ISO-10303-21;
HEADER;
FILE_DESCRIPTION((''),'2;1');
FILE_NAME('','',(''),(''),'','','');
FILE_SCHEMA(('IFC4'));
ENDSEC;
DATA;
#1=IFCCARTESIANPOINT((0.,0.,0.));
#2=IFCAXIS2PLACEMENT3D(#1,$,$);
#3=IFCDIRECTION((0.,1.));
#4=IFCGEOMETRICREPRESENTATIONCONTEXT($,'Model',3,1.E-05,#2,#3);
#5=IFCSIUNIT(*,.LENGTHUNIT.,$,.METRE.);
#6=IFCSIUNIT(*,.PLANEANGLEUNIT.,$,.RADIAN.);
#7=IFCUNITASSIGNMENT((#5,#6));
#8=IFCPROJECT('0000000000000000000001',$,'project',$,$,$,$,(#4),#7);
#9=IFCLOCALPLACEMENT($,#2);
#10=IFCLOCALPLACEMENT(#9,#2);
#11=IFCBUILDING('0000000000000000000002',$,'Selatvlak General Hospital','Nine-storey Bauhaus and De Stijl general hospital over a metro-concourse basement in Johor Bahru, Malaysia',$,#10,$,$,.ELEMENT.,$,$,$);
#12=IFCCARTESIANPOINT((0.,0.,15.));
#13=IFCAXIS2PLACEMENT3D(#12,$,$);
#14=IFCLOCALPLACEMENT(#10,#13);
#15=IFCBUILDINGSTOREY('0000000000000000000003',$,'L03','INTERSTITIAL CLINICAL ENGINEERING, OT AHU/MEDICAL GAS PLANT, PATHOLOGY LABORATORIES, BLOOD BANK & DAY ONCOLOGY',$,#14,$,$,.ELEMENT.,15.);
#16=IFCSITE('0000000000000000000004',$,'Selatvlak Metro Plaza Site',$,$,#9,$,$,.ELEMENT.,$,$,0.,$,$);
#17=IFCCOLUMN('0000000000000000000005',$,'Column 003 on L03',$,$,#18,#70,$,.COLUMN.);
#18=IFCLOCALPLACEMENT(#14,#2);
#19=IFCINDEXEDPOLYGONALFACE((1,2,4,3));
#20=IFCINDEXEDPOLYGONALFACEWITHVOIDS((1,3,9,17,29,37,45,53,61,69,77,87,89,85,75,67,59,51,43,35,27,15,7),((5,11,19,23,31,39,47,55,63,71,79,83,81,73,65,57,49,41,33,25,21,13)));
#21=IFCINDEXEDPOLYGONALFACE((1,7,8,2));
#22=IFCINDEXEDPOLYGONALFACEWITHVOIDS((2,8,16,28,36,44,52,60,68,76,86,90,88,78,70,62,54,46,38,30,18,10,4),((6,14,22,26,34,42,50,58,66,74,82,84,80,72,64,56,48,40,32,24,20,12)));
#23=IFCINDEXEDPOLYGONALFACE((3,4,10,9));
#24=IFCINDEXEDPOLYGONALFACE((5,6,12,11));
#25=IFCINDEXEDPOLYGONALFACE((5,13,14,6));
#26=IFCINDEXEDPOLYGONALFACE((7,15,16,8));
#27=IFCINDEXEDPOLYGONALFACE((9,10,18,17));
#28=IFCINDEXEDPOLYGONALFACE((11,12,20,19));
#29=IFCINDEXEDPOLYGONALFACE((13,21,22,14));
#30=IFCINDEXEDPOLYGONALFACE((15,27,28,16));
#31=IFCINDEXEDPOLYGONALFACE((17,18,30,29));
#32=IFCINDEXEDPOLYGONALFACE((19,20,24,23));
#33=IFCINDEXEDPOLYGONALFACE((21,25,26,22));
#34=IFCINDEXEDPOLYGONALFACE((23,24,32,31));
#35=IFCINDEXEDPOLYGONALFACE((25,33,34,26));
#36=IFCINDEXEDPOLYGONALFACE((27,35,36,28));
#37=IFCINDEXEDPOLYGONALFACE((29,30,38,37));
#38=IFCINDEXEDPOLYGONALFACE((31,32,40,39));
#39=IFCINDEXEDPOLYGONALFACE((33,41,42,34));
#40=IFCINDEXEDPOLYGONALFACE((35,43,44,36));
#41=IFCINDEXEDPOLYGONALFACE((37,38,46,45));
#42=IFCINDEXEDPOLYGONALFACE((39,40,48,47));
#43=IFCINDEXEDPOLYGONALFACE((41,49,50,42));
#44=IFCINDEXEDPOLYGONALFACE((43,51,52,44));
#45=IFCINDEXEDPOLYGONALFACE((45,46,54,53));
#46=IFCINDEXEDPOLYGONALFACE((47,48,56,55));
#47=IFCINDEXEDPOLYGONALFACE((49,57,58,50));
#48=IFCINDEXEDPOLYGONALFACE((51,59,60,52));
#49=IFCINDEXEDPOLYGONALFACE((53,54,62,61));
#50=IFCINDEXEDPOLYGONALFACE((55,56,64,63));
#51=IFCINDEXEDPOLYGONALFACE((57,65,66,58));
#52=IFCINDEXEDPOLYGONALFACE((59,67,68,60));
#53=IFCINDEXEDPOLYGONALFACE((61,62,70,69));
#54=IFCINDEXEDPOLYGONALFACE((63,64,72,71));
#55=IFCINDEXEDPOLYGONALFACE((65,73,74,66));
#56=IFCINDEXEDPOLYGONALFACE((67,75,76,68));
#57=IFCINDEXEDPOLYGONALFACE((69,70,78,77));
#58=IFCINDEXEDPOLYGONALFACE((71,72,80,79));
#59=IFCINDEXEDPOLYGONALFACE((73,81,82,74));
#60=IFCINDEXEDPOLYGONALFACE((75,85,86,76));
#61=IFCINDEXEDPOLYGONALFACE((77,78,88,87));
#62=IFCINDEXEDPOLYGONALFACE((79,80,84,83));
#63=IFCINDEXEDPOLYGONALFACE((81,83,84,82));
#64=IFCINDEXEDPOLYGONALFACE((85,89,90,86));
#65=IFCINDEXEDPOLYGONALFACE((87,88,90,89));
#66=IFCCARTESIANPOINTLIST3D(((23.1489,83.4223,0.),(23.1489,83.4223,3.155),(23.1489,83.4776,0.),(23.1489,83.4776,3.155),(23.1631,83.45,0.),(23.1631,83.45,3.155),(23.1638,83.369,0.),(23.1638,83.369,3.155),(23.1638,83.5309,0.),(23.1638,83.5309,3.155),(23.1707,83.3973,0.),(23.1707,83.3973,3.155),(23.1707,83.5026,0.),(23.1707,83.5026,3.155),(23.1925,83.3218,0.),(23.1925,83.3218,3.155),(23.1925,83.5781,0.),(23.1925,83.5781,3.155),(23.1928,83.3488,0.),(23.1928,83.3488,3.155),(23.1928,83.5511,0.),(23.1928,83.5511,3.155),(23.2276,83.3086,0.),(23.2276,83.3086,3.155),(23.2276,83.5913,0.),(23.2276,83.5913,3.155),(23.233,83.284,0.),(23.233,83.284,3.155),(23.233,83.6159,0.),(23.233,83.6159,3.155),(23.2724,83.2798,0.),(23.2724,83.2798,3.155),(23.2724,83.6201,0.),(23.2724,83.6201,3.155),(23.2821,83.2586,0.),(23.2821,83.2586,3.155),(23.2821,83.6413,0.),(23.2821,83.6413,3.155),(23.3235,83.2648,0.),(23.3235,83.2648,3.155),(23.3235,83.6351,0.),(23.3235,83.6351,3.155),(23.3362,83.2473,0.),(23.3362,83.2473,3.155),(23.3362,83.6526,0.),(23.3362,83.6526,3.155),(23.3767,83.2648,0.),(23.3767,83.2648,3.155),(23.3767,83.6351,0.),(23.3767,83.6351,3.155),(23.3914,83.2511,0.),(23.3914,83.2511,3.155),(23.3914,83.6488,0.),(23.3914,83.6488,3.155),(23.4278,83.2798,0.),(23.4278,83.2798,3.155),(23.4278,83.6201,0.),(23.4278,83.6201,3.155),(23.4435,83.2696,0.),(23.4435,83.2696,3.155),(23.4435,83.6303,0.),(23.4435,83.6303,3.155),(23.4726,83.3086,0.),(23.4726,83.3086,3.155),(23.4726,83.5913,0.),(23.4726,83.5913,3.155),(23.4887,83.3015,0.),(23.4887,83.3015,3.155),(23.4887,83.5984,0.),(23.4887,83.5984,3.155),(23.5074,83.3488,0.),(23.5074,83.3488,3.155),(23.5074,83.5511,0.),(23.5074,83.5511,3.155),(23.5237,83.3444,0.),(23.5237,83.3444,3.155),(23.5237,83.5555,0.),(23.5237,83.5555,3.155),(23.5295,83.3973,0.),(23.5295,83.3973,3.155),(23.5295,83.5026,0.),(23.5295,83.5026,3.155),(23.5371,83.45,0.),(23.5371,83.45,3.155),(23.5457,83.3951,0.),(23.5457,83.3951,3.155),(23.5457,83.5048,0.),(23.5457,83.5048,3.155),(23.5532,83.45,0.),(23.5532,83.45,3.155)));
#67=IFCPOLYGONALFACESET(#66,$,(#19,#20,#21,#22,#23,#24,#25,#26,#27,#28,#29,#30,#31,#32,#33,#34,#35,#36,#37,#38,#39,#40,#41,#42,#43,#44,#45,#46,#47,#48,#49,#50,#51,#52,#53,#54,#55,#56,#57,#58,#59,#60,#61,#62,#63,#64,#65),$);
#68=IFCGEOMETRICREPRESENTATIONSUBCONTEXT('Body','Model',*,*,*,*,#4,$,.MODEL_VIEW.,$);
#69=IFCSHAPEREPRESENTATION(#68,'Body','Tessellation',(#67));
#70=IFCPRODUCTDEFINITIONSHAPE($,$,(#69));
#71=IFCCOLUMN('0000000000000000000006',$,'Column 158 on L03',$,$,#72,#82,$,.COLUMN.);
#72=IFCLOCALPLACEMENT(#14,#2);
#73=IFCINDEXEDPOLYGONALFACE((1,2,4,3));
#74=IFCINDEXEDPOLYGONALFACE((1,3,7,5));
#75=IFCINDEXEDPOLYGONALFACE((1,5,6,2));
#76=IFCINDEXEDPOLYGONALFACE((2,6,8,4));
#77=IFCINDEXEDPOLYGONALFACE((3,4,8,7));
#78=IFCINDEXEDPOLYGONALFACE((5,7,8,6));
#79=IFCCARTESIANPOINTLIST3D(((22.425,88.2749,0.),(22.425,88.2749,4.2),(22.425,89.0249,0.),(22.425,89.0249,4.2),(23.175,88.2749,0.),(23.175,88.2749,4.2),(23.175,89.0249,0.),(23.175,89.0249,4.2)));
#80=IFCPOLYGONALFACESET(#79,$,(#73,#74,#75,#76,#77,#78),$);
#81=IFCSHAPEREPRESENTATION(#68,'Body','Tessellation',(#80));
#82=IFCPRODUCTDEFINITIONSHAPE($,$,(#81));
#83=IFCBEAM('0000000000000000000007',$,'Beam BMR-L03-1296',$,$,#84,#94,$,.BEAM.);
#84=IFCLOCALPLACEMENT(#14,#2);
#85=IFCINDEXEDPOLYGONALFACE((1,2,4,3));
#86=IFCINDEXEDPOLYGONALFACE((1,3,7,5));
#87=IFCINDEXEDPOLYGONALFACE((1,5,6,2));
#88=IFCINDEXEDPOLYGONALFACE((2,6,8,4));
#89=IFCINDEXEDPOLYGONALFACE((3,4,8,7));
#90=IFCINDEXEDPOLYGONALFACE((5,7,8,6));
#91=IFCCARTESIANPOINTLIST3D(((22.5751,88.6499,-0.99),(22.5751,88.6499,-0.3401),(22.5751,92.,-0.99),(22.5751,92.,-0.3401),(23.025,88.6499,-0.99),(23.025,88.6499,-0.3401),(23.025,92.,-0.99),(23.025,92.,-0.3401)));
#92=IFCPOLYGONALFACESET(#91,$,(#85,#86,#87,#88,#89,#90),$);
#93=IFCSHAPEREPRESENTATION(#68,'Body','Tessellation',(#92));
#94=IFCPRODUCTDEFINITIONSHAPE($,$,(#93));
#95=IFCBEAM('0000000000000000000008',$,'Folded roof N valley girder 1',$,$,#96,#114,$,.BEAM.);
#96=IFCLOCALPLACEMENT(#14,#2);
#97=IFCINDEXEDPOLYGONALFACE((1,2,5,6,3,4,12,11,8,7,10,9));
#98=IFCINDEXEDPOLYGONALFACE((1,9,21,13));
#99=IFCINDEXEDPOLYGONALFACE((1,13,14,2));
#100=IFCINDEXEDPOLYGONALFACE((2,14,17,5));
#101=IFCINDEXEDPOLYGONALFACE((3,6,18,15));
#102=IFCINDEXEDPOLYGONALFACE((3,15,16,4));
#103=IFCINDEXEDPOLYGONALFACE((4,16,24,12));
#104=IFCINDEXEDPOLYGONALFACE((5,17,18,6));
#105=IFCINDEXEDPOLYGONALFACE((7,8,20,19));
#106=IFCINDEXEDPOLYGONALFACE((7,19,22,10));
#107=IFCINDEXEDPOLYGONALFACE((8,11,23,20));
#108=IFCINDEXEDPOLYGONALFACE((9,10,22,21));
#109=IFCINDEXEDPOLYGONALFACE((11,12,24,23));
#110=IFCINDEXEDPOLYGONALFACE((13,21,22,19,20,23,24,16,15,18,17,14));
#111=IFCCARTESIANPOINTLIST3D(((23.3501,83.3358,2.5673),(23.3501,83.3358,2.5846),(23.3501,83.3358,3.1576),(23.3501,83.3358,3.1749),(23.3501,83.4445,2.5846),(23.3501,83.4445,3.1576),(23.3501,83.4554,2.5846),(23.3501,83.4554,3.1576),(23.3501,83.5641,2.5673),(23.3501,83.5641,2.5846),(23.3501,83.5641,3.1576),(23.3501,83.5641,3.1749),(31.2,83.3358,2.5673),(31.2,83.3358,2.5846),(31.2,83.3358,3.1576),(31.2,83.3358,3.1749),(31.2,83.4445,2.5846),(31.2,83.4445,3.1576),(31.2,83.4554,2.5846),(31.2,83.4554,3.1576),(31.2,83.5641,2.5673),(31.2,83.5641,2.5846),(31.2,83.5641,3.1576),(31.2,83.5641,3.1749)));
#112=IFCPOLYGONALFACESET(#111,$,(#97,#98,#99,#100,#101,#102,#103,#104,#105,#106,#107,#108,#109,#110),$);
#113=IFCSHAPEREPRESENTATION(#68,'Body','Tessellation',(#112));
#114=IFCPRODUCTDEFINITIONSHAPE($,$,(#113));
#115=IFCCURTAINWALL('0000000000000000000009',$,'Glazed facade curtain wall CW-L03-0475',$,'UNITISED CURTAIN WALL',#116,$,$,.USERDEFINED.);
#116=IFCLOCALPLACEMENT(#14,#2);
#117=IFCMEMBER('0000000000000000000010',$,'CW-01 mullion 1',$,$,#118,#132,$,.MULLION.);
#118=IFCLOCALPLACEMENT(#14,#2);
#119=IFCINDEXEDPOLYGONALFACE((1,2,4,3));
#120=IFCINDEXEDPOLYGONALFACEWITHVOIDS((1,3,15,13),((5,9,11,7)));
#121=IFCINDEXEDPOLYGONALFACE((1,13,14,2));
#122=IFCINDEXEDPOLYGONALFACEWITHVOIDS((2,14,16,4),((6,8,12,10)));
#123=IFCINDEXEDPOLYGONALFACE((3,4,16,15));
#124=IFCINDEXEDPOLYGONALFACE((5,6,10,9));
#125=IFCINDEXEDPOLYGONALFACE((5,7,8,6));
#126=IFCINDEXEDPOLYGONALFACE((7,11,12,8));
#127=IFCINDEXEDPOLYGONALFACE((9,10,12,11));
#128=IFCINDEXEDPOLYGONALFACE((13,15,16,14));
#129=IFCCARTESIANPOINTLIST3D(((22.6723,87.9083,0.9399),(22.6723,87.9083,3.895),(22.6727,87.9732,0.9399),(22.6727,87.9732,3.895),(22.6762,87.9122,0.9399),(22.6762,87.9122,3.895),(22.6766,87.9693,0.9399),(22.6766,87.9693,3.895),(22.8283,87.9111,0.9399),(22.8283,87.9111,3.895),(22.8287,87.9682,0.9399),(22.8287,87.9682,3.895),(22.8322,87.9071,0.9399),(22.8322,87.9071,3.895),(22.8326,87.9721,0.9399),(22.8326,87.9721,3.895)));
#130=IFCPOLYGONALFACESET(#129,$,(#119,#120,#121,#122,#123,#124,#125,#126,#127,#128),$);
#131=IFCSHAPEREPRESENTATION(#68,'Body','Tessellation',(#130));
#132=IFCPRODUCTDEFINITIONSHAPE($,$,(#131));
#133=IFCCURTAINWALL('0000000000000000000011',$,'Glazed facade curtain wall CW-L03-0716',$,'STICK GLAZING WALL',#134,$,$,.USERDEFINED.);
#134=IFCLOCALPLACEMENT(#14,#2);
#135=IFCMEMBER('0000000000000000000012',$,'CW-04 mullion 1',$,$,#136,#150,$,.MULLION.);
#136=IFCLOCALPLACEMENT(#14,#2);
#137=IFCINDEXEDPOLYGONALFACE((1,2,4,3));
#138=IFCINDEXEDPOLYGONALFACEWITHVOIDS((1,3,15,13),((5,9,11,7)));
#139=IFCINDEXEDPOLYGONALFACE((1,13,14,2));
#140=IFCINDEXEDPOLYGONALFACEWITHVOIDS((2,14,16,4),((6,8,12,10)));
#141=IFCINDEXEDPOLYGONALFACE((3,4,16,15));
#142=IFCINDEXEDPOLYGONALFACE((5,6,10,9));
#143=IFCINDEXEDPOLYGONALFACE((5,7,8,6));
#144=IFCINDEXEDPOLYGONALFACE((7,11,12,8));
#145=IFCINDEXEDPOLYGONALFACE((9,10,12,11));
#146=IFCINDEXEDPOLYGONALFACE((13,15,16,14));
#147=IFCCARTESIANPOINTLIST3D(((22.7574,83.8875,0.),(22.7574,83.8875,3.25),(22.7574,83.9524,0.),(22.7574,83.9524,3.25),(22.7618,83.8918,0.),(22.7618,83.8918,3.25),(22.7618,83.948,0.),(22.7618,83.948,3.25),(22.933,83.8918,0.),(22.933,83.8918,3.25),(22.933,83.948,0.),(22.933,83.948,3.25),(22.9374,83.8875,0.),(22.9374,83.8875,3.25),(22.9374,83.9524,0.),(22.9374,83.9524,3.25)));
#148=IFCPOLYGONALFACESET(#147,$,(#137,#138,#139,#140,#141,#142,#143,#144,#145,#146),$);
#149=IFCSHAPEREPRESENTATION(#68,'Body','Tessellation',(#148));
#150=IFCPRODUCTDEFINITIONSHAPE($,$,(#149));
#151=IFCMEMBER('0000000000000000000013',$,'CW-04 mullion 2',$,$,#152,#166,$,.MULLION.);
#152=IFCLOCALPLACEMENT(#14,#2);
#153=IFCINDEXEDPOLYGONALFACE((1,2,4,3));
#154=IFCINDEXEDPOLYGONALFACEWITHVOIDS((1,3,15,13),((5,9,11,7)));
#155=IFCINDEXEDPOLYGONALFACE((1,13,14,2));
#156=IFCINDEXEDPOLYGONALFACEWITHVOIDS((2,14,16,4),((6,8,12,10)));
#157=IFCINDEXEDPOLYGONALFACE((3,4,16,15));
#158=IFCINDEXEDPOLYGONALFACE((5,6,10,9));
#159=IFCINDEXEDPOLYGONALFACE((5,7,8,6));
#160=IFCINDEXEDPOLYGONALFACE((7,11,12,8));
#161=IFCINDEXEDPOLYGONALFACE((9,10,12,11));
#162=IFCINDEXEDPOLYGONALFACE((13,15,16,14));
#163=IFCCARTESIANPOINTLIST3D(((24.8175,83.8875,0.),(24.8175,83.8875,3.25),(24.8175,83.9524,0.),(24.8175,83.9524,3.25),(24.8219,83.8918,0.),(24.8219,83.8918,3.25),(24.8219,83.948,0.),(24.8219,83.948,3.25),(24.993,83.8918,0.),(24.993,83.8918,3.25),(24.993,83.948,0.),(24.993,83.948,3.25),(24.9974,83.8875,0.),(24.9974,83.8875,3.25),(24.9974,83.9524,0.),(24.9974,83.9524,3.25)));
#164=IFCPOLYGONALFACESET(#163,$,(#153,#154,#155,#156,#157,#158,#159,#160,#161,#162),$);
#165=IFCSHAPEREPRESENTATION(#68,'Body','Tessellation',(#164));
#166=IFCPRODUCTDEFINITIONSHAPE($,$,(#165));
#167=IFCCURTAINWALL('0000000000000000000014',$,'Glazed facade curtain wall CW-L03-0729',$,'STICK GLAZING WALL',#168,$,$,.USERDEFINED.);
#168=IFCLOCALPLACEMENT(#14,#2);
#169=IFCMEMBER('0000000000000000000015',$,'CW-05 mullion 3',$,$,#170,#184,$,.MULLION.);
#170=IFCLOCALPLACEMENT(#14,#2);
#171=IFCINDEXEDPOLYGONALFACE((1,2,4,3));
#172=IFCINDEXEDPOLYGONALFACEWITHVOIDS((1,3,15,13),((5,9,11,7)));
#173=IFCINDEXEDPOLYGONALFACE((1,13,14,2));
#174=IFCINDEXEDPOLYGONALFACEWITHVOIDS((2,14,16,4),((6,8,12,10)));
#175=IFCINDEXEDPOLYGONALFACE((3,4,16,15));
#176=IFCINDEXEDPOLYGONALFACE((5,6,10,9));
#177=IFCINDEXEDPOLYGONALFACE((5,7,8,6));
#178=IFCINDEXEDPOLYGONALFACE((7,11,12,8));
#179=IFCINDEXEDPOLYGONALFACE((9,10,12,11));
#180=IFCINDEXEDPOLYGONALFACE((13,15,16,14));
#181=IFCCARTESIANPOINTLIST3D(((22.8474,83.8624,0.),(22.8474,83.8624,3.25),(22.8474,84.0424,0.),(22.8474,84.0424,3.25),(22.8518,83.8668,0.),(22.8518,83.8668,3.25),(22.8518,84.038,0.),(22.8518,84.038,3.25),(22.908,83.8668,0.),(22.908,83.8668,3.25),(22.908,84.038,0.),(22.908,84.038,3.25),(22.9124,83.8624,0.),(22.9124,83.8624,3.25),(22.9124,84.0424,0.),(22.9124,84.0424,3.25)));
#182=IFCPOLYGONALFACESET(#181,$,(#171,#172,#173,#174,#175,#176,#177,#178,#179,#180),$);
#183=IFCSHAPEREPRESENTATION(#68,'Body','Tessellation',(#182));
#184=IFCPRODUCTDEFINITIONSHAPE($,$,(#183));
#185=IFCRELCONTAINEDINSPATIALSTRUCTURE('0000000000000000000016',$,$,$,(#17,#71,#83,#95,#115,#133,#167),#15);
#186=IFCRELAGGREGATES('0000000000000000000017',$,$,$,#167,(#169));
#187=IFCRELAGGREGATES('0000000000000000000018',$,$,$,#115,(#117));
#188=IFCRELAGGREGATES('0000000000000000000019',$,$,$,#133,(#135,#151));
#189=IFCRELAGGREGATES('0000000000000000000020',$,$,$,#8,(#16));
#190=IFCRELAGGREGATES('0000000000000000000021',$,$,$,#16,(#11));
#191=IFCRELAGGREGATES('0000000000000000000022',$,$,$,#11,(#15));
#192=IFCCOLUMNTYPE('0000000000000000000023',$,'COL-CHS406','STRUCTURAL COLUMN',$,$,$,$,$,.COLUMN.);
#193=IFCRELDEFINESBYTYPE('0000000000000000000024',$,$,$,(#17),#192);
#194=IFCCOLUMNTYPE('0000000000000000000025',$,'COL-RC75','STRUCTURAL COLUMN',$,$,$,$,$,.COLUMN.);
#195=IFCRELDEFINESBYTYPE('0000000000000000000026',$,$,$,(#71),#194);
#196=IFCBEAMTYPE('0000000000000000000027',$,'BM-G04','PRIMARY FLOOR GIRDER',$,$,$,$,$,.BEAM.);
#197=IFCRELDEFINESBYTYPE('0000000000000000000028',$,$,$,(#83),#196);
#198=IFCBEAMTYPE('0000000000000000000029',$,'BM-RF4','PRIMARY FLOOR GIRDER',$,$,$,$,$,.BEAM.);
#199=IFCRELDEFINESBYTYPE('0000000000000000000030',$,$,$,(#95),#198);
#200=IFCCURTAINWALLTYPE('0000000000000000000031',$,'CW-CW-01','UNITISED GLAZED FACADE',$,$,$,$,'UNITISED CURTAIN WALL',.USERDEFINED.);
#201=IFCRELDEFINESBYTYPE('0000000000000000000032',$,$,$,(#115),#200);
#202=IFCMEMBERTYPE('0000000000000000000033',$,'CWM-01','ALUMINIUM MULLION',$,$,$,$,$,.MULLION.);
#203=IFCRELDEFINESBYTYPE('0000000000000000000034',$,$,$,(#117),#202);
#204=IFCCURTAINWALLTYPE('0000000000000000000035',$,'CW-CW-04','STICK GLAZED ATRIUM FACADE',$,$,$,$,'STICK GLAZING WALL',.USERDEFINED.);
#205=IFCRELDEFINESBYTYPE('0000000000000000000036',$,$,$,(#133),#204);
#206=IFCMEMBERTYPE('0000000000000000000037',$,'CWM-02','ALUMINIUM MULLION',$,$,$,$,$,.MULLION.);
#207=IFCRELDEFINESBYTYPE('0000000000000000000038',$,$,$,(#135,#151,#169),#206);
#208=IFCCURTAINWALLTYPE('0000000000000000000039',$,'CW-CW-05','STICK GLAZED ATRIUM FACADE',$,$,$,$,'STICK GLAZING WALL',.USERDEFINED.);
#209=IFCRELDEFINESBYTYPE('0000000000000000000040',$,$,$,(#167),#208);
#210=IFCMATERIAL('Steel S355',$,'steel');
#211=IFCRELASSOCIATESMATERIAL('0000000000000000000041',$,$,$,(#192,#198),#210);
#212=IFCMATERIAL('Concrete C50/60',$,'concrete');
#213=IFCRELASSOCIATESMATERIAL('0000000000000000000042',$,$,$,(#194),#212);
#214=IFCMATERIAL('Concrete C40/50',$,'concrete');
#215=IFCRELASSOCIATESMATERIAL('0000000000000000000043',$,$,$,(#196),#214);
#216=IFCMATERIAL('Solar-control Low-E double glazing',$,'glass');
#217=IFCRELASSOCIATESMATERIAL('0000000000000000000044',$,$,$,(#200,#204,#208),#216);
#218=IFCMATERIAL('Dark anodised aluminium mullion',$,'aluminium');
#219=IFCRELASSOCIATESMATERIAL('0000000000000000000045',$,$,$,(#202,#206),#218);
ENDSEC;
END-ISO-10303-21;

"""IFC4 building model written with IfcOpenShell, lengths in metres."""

from ifc_helpers import new_model, si_unit, direction, frame, origin, origin_2d, place, context, subcontext, project, spatial, rectangle, hollow_rectangle, hollow_circle, i_section, extrude, material, material_profile, profile_set, type_object, element, aggregate, save


model = new_model("IFC4")

# Units and contexts
model_context = context("Model", 3, precision=1e-05, world=origin(), true_north=direction((0.0, 1.0)))
body_context = subcontext(model_context, "Body", "Model", "MODEL_VIEW")
ifc_project = project(units=[si_unit("LENGTHUNIT", "METRE"), si_unit("PLANEANGLEUNIT", "RADIAN")], contexts=[model_context])

# Site, building, storey
site_placement = place(None, origin())
site = spatial("IfcSite", under=ifc_project, at=site_placement, Name="Selatvlak Metro Plaza Site", CompositionType="ELEMENT", RefElevation=0.0)
building_placement = place(site_placement, origin())
building = spatial("IfcBuilding", under=site, at=building_placement, Name="Selatvlak General Hospital", Description="Nine-storey Bauhaus and De Stijl general hospital over a metro-concourse basement in Johor Bahru, Malaysia", CompositionType="ELEMENT")
storey_placement = place(building_placement, frame((0.0, 0.0, 15.0)))
storey = spatial("IfcBuildingStorey", under=building, at=storey_placement, Name="L03", Description="INTERSTITIAL CLINICAL ENGINEERING, OT AHU/MEDICAL GAS PLANT, PATHOLOGY LABORATORIES, BLOOD BANK & DAY ONCOLOGY", CompositionType="ELEMENT", Elevation=15.0)

# Columns
ifc_material_1 = material(Name="Steel S355", Category="steel")
ifc_material_profile_1 = material_profile(ifc_material_1, hollow_circle(Radius=0.2031, WallThickness=0.0161, at=origin_2d()), Name="CHS 406.4x16")
ifc_profile_set_1 = profile_set([ifc_material_profile_1], Name="Steel S355")
column_type_1 = type_object("IfcColumnType", Name="COL-CHS406", Description="STRUCTURAL COLUMN", PredefinedType="COLUMN", material=ifc_profile_set_1)
column_1_placement = place(storey_placement, frame((23.3501, 83.45, 0.0), z_axis=(0.0, 0.0, 1.0), x_axis=(1.0, 0.0, 0.0)))
element("IfcColumn", 1, at=column_1_placement, inside=storey, type_object=column_type_1, Name="Column 003 on L03", PredefinedType="COLUMN", context=body_context, shape_type="SweptSolid", body=[
    extrude(hollow_circle(Radius=0.2031, WallThickness=0.0161, at=origin_2d()), origin(), (0.0, 0.0, 1.0), 3.155),
])
ifc_material_2 = material(Name="Concrete C50/60", Category="concrete")
ifc_material_profile_2 = material_profile(ifc_material_2, rectangle(XDim=0.75, YDim=0.75, at=origin_2d()), Name="RC-COL 750x750")
ifc_profile_set_2 = profile_set([ifc_material_profile_2], Name="Concrete C50/60")
column_type_2 = type_object("IfcColumnType", Name="COL-RC75", Description="STRUCTURAL COLUMN", PredefinedType="COLUMN", material=ifc_profile_set_2)
column_2_placement = place(storey_placement, frame((22.8, 88.6499, 0.0), z_axis=(0.0, 0.0, 1.0), x_axis=(1.0, 0.0, 0.0)))
element("IfcColumn", 2, at=column_2_placement, inside=storey, type_object=column_type_2, Name="Column 158 on L03", PredefinedType="COLUMN", context=body_context, shape_type="SweptSolid", body=[
    extrude(rectangle(XDim=0.75, YDim=0.75, at=origin_2d()), origin(), (0.0, 0.0, 1.0), 4.2),
])

# Beams
ifc_material_3 = material(Name="Concrete C40/50", Category="concrete")
ifc_material_profile_3 = material_profile(ifc_material_3, rectangle(XDim=0.45, YDim=0.6499, at=origin_2d()), Name="RC-BM 450x650")
ifc_profile_set_3 = profile_set([ifc_material_profile_3], Name="Concrete C40/50")
beam_type_1 = type_object("IfcBeamType", Name="BM-G04", Description="PRIMARY FLOOR GIRDER", PredefinedType="BEAM", material=ifc_profile_set_3)
beam_1_placement = place(storey_placement, frame((22.8, 88.6499, -0.665), z_axis=(0.0, 1.0, 0.0), x_axis=(-1.0, 0.0, 0.0)))
element("IfcBeam", 3, at=beam_1_placement, inside=storey, type_object=beam_type_1, Name="Beam BMR-L03-1296", PredefinedType="BEAM", context=body_context, shape_type="SweptSolid", body=[
    extrude(rectangle(XDim=0.45, YDim=0.6499, at=origin_2d()), origin(), (0.0, 0.0, 1.0), 3.3501),
])
ifc_material_profile_4 = material_profile(ifc_material_1, i_section(OverallWidth=0.2283, OverallDepth=0.6077, WebThickness=0.011, FlangeThickness=0.0173, at=origin_2d()), Name="UB 610x229x113")
ifc_profile_set_4 = profile_set([ifc_material_profile_4], Name="Steel S355")
beam_type_2 = type_object("IfcBeamType", Name="BM-RF4", Description="PRIMARY FLOOR GIRDER", PredefinedType="BEAM", material=ifc_profile_set_4)
beam_2_placement = place(storey_placement, frame((23.3501, 83.45, 2.8711), z_axis=(1.0, 0.0, 0.0), x_axis=(0.0, 1.0, 0.0)))
element("IfcBeam", 4, at=beam_2_placement, inside=storey, type_object=beam_type_2, Name="Folded roof N valley girder 1", PredefinedType="BEAM", context=body_context, shape_type="SweptSolid", body=[
    extrude(i_section(OverallWidth=0.2283, OverallDepth=0.6077, WebThickness=0.011, FlangeThickness=0.0173, at=origin_2d()), origin(), (0.0, 0.0, 1.0), 7.8499),
])

# Curtain wall, member
ifc_material_4 = material(Name="Solar-control Low-E double glazing", Category="glass")
curtain_wall_type_1 = type_object("IfcCurtainWallType", Name="CW-CW-01", Description="UNITISED GLAZED FACADE", ElementType="UNITISED CURTAIN WALL", PredefinedType="USERDEFINED", material=ifc_material_4)
curtain_wall_1_placement = place(storey_placement, origin())
curtain_wall_1 = element("IfcCurtainWall", 5, at=curtain_wall_1_placement, inside=storey, type_object=curtain_wall_type_1, Name="Glazed facade curtain wall CW-L03-0475", ObjectType="UNITISED CURTAIN WALL", PredefinedType="USERDEFINED")
ifc_material_5 = material(Name="Dark anodised aluminium mullion", Category="aluminium")
ifc_material_profile_5 = material_profile(ifc_material_5, hollow_rectangle(XDim=0.0649, YDim=0.1599, WallThickness=0.0039, at=origin_2d()), Name="AL-MUL 65x160x4")
ifc_profile_set_5 = profile_set([ifc_material_profile_5], Name="Dark anodised aluminium mullion")
member_type_1 = type_object("IfcMemberType", Name="CWM-01", Description="ALUMINIUM MULLION", PredefinedType="MULLION", material=ifc_profile_set_5)
member_1_placement = place(storey_placement, frame((22.7524, 87.9402, 0.9399), z_axis=(0.0, 0.0, 1.0), x_axis=(-0.007211, -0.999974, 0.0)))
member_1 = element("IfcMember", 6, at=member_1_placement, type_object=member_type_1, Name="CW-01 mullion 1", PredefinedType="MULLION", context=body_context, shape_type="SweptSolid", body=[
    extrude(hollow_rectangle(XDim=0.0649, YDim=0.1599, WallThickness=0.0039, at=origin_2d()), origin(), (0.0, 0.0, 1.0), 2.9551),
])

# Curtain wall, members
curtain_wall_type_2 = type_object("IfcCurtainWallType", Name="CW-CW-04", Description="STICK GLAZED ATRIUM FACADE", ElementType="STICK GLAZING WALL", PredefinedType="USERDEFINED", material=ifc_material_4)
curtain_wall_2_placement = place(storey_placement, origin())
curtain_wall_2 = element("IfcCurtainWall", 7, at=curtain_wall_2_placement, inside=storey, type_object=curtain_wall_type_2, Name="Glazed facade curtain wall CW-L03-0716", ObjectType="STICK GLAZING WALL", PredefinedType="USERDEFINED")
ifc_material_profile_6 = material_profile(ifc_material_5, hollow_rectangle(XDim=0.0649, YDim=0.1799, WallThickness=0.0044, at=origin_2d()), Name="AL-MUL 65x180x4.5")
ifc_profile_set_6 = profile_set([ifc_material_profile_6], Name="Dark anodised aluminium mullion")
member_type_2 = type_object("IfcMemberType", Name="CWM-02", Description="ALUMINIUM MULLION", PredefinedType="MULLION", material=ifc_profile_set_6)
member_2_placement = place(storey_placement, frame((22.8474, 83.9199, 0.0), z_axis=(0.0, 0.0, 1.0), x_axis=(0.0, 1.0, 0.0)))
member_2 = element("IfcMember", 8, at=member_2_placement, type_object=member_type_2, Name="CW-04 mullion 1", PredefinedType="MULLION", context=body_context, shape_type="SweptSolid", body=[
    extrude(hollow_rectangle(XDim=0.0649, YDim=0.1799, WallThickness=0.0044, at=origin_2d()), origin(), (0.0, 0.0, 1.0), 3.25),
])
member_3_placement = place(storey_placement, frame((24.9075, 83.9199, 0.0), z_axis=(0.0, 0.0, 1.0), x_axis=(0.0, 1.0, 0.0)))
member_3 = element("IfcMember", 9, at=member_3_placement, type_object=member_type_2, Name="CW-04 mullion 2", PredefinedType="MULLION", context=body_context, shape_type="SweptSolid", body=[
    extrude(hollow_rectangle(XDim=0.0649, YDim=0.1799, WallThickness=0.0044, at=origin_2d()), origin(), (0.0, 0.0, 1.0), 3.25),
])

# Curtain wall, member
curtain_wall_type_3 = type_object("IfcCurtainWallType", Name="CW-CW-05", Description="STICK GLAZED ATRIUM FACADE", ElementType="STICK GLAZING WALL", PredefinedType="USERDEFINED", material=ifc_material_4)
curtain_wall_3_placement = place(storey_placement, origin())
curtain_wall_3 = element("IfcCurtainWall", 10, at=curtain_wall_3_placement, inside=storey, type_object=curtain_wall_type_3, Name="Glazed facade curtain wall CW-L03-0729", ObjectType="STICK GLAZING WALL", PredefinedType="USERDEFINED")
member_4_placement = place(storey_placement, frame((22.8799, 83.9524, 0.0), z_axis=(0.0, 0.0, 1.0), x_axis=(-1.0, 0.0, 0.0)))
member_4 = element("IfcMember", 11, at=member_4_placement, type_object=member_type_2, Name="CW-05 mullion 3", PredefinedType="MULLION", context=body_context, shape_type="SweptSolid", body=[
    extrude(hollow_rectangle(XDim=0.0649, YDim=0.1799, WallThickness=0.0044, at=origin_2d()), origin(), (0.0, 0.0, 1.0), 3.25),
])
aggregate(curtain_wall_3, [member_4])

aggregate(curtain_wall_1, [member_1])

aggregate(curtain_wall_2, [member_2, member_3])

save(model, "model.ifc")
